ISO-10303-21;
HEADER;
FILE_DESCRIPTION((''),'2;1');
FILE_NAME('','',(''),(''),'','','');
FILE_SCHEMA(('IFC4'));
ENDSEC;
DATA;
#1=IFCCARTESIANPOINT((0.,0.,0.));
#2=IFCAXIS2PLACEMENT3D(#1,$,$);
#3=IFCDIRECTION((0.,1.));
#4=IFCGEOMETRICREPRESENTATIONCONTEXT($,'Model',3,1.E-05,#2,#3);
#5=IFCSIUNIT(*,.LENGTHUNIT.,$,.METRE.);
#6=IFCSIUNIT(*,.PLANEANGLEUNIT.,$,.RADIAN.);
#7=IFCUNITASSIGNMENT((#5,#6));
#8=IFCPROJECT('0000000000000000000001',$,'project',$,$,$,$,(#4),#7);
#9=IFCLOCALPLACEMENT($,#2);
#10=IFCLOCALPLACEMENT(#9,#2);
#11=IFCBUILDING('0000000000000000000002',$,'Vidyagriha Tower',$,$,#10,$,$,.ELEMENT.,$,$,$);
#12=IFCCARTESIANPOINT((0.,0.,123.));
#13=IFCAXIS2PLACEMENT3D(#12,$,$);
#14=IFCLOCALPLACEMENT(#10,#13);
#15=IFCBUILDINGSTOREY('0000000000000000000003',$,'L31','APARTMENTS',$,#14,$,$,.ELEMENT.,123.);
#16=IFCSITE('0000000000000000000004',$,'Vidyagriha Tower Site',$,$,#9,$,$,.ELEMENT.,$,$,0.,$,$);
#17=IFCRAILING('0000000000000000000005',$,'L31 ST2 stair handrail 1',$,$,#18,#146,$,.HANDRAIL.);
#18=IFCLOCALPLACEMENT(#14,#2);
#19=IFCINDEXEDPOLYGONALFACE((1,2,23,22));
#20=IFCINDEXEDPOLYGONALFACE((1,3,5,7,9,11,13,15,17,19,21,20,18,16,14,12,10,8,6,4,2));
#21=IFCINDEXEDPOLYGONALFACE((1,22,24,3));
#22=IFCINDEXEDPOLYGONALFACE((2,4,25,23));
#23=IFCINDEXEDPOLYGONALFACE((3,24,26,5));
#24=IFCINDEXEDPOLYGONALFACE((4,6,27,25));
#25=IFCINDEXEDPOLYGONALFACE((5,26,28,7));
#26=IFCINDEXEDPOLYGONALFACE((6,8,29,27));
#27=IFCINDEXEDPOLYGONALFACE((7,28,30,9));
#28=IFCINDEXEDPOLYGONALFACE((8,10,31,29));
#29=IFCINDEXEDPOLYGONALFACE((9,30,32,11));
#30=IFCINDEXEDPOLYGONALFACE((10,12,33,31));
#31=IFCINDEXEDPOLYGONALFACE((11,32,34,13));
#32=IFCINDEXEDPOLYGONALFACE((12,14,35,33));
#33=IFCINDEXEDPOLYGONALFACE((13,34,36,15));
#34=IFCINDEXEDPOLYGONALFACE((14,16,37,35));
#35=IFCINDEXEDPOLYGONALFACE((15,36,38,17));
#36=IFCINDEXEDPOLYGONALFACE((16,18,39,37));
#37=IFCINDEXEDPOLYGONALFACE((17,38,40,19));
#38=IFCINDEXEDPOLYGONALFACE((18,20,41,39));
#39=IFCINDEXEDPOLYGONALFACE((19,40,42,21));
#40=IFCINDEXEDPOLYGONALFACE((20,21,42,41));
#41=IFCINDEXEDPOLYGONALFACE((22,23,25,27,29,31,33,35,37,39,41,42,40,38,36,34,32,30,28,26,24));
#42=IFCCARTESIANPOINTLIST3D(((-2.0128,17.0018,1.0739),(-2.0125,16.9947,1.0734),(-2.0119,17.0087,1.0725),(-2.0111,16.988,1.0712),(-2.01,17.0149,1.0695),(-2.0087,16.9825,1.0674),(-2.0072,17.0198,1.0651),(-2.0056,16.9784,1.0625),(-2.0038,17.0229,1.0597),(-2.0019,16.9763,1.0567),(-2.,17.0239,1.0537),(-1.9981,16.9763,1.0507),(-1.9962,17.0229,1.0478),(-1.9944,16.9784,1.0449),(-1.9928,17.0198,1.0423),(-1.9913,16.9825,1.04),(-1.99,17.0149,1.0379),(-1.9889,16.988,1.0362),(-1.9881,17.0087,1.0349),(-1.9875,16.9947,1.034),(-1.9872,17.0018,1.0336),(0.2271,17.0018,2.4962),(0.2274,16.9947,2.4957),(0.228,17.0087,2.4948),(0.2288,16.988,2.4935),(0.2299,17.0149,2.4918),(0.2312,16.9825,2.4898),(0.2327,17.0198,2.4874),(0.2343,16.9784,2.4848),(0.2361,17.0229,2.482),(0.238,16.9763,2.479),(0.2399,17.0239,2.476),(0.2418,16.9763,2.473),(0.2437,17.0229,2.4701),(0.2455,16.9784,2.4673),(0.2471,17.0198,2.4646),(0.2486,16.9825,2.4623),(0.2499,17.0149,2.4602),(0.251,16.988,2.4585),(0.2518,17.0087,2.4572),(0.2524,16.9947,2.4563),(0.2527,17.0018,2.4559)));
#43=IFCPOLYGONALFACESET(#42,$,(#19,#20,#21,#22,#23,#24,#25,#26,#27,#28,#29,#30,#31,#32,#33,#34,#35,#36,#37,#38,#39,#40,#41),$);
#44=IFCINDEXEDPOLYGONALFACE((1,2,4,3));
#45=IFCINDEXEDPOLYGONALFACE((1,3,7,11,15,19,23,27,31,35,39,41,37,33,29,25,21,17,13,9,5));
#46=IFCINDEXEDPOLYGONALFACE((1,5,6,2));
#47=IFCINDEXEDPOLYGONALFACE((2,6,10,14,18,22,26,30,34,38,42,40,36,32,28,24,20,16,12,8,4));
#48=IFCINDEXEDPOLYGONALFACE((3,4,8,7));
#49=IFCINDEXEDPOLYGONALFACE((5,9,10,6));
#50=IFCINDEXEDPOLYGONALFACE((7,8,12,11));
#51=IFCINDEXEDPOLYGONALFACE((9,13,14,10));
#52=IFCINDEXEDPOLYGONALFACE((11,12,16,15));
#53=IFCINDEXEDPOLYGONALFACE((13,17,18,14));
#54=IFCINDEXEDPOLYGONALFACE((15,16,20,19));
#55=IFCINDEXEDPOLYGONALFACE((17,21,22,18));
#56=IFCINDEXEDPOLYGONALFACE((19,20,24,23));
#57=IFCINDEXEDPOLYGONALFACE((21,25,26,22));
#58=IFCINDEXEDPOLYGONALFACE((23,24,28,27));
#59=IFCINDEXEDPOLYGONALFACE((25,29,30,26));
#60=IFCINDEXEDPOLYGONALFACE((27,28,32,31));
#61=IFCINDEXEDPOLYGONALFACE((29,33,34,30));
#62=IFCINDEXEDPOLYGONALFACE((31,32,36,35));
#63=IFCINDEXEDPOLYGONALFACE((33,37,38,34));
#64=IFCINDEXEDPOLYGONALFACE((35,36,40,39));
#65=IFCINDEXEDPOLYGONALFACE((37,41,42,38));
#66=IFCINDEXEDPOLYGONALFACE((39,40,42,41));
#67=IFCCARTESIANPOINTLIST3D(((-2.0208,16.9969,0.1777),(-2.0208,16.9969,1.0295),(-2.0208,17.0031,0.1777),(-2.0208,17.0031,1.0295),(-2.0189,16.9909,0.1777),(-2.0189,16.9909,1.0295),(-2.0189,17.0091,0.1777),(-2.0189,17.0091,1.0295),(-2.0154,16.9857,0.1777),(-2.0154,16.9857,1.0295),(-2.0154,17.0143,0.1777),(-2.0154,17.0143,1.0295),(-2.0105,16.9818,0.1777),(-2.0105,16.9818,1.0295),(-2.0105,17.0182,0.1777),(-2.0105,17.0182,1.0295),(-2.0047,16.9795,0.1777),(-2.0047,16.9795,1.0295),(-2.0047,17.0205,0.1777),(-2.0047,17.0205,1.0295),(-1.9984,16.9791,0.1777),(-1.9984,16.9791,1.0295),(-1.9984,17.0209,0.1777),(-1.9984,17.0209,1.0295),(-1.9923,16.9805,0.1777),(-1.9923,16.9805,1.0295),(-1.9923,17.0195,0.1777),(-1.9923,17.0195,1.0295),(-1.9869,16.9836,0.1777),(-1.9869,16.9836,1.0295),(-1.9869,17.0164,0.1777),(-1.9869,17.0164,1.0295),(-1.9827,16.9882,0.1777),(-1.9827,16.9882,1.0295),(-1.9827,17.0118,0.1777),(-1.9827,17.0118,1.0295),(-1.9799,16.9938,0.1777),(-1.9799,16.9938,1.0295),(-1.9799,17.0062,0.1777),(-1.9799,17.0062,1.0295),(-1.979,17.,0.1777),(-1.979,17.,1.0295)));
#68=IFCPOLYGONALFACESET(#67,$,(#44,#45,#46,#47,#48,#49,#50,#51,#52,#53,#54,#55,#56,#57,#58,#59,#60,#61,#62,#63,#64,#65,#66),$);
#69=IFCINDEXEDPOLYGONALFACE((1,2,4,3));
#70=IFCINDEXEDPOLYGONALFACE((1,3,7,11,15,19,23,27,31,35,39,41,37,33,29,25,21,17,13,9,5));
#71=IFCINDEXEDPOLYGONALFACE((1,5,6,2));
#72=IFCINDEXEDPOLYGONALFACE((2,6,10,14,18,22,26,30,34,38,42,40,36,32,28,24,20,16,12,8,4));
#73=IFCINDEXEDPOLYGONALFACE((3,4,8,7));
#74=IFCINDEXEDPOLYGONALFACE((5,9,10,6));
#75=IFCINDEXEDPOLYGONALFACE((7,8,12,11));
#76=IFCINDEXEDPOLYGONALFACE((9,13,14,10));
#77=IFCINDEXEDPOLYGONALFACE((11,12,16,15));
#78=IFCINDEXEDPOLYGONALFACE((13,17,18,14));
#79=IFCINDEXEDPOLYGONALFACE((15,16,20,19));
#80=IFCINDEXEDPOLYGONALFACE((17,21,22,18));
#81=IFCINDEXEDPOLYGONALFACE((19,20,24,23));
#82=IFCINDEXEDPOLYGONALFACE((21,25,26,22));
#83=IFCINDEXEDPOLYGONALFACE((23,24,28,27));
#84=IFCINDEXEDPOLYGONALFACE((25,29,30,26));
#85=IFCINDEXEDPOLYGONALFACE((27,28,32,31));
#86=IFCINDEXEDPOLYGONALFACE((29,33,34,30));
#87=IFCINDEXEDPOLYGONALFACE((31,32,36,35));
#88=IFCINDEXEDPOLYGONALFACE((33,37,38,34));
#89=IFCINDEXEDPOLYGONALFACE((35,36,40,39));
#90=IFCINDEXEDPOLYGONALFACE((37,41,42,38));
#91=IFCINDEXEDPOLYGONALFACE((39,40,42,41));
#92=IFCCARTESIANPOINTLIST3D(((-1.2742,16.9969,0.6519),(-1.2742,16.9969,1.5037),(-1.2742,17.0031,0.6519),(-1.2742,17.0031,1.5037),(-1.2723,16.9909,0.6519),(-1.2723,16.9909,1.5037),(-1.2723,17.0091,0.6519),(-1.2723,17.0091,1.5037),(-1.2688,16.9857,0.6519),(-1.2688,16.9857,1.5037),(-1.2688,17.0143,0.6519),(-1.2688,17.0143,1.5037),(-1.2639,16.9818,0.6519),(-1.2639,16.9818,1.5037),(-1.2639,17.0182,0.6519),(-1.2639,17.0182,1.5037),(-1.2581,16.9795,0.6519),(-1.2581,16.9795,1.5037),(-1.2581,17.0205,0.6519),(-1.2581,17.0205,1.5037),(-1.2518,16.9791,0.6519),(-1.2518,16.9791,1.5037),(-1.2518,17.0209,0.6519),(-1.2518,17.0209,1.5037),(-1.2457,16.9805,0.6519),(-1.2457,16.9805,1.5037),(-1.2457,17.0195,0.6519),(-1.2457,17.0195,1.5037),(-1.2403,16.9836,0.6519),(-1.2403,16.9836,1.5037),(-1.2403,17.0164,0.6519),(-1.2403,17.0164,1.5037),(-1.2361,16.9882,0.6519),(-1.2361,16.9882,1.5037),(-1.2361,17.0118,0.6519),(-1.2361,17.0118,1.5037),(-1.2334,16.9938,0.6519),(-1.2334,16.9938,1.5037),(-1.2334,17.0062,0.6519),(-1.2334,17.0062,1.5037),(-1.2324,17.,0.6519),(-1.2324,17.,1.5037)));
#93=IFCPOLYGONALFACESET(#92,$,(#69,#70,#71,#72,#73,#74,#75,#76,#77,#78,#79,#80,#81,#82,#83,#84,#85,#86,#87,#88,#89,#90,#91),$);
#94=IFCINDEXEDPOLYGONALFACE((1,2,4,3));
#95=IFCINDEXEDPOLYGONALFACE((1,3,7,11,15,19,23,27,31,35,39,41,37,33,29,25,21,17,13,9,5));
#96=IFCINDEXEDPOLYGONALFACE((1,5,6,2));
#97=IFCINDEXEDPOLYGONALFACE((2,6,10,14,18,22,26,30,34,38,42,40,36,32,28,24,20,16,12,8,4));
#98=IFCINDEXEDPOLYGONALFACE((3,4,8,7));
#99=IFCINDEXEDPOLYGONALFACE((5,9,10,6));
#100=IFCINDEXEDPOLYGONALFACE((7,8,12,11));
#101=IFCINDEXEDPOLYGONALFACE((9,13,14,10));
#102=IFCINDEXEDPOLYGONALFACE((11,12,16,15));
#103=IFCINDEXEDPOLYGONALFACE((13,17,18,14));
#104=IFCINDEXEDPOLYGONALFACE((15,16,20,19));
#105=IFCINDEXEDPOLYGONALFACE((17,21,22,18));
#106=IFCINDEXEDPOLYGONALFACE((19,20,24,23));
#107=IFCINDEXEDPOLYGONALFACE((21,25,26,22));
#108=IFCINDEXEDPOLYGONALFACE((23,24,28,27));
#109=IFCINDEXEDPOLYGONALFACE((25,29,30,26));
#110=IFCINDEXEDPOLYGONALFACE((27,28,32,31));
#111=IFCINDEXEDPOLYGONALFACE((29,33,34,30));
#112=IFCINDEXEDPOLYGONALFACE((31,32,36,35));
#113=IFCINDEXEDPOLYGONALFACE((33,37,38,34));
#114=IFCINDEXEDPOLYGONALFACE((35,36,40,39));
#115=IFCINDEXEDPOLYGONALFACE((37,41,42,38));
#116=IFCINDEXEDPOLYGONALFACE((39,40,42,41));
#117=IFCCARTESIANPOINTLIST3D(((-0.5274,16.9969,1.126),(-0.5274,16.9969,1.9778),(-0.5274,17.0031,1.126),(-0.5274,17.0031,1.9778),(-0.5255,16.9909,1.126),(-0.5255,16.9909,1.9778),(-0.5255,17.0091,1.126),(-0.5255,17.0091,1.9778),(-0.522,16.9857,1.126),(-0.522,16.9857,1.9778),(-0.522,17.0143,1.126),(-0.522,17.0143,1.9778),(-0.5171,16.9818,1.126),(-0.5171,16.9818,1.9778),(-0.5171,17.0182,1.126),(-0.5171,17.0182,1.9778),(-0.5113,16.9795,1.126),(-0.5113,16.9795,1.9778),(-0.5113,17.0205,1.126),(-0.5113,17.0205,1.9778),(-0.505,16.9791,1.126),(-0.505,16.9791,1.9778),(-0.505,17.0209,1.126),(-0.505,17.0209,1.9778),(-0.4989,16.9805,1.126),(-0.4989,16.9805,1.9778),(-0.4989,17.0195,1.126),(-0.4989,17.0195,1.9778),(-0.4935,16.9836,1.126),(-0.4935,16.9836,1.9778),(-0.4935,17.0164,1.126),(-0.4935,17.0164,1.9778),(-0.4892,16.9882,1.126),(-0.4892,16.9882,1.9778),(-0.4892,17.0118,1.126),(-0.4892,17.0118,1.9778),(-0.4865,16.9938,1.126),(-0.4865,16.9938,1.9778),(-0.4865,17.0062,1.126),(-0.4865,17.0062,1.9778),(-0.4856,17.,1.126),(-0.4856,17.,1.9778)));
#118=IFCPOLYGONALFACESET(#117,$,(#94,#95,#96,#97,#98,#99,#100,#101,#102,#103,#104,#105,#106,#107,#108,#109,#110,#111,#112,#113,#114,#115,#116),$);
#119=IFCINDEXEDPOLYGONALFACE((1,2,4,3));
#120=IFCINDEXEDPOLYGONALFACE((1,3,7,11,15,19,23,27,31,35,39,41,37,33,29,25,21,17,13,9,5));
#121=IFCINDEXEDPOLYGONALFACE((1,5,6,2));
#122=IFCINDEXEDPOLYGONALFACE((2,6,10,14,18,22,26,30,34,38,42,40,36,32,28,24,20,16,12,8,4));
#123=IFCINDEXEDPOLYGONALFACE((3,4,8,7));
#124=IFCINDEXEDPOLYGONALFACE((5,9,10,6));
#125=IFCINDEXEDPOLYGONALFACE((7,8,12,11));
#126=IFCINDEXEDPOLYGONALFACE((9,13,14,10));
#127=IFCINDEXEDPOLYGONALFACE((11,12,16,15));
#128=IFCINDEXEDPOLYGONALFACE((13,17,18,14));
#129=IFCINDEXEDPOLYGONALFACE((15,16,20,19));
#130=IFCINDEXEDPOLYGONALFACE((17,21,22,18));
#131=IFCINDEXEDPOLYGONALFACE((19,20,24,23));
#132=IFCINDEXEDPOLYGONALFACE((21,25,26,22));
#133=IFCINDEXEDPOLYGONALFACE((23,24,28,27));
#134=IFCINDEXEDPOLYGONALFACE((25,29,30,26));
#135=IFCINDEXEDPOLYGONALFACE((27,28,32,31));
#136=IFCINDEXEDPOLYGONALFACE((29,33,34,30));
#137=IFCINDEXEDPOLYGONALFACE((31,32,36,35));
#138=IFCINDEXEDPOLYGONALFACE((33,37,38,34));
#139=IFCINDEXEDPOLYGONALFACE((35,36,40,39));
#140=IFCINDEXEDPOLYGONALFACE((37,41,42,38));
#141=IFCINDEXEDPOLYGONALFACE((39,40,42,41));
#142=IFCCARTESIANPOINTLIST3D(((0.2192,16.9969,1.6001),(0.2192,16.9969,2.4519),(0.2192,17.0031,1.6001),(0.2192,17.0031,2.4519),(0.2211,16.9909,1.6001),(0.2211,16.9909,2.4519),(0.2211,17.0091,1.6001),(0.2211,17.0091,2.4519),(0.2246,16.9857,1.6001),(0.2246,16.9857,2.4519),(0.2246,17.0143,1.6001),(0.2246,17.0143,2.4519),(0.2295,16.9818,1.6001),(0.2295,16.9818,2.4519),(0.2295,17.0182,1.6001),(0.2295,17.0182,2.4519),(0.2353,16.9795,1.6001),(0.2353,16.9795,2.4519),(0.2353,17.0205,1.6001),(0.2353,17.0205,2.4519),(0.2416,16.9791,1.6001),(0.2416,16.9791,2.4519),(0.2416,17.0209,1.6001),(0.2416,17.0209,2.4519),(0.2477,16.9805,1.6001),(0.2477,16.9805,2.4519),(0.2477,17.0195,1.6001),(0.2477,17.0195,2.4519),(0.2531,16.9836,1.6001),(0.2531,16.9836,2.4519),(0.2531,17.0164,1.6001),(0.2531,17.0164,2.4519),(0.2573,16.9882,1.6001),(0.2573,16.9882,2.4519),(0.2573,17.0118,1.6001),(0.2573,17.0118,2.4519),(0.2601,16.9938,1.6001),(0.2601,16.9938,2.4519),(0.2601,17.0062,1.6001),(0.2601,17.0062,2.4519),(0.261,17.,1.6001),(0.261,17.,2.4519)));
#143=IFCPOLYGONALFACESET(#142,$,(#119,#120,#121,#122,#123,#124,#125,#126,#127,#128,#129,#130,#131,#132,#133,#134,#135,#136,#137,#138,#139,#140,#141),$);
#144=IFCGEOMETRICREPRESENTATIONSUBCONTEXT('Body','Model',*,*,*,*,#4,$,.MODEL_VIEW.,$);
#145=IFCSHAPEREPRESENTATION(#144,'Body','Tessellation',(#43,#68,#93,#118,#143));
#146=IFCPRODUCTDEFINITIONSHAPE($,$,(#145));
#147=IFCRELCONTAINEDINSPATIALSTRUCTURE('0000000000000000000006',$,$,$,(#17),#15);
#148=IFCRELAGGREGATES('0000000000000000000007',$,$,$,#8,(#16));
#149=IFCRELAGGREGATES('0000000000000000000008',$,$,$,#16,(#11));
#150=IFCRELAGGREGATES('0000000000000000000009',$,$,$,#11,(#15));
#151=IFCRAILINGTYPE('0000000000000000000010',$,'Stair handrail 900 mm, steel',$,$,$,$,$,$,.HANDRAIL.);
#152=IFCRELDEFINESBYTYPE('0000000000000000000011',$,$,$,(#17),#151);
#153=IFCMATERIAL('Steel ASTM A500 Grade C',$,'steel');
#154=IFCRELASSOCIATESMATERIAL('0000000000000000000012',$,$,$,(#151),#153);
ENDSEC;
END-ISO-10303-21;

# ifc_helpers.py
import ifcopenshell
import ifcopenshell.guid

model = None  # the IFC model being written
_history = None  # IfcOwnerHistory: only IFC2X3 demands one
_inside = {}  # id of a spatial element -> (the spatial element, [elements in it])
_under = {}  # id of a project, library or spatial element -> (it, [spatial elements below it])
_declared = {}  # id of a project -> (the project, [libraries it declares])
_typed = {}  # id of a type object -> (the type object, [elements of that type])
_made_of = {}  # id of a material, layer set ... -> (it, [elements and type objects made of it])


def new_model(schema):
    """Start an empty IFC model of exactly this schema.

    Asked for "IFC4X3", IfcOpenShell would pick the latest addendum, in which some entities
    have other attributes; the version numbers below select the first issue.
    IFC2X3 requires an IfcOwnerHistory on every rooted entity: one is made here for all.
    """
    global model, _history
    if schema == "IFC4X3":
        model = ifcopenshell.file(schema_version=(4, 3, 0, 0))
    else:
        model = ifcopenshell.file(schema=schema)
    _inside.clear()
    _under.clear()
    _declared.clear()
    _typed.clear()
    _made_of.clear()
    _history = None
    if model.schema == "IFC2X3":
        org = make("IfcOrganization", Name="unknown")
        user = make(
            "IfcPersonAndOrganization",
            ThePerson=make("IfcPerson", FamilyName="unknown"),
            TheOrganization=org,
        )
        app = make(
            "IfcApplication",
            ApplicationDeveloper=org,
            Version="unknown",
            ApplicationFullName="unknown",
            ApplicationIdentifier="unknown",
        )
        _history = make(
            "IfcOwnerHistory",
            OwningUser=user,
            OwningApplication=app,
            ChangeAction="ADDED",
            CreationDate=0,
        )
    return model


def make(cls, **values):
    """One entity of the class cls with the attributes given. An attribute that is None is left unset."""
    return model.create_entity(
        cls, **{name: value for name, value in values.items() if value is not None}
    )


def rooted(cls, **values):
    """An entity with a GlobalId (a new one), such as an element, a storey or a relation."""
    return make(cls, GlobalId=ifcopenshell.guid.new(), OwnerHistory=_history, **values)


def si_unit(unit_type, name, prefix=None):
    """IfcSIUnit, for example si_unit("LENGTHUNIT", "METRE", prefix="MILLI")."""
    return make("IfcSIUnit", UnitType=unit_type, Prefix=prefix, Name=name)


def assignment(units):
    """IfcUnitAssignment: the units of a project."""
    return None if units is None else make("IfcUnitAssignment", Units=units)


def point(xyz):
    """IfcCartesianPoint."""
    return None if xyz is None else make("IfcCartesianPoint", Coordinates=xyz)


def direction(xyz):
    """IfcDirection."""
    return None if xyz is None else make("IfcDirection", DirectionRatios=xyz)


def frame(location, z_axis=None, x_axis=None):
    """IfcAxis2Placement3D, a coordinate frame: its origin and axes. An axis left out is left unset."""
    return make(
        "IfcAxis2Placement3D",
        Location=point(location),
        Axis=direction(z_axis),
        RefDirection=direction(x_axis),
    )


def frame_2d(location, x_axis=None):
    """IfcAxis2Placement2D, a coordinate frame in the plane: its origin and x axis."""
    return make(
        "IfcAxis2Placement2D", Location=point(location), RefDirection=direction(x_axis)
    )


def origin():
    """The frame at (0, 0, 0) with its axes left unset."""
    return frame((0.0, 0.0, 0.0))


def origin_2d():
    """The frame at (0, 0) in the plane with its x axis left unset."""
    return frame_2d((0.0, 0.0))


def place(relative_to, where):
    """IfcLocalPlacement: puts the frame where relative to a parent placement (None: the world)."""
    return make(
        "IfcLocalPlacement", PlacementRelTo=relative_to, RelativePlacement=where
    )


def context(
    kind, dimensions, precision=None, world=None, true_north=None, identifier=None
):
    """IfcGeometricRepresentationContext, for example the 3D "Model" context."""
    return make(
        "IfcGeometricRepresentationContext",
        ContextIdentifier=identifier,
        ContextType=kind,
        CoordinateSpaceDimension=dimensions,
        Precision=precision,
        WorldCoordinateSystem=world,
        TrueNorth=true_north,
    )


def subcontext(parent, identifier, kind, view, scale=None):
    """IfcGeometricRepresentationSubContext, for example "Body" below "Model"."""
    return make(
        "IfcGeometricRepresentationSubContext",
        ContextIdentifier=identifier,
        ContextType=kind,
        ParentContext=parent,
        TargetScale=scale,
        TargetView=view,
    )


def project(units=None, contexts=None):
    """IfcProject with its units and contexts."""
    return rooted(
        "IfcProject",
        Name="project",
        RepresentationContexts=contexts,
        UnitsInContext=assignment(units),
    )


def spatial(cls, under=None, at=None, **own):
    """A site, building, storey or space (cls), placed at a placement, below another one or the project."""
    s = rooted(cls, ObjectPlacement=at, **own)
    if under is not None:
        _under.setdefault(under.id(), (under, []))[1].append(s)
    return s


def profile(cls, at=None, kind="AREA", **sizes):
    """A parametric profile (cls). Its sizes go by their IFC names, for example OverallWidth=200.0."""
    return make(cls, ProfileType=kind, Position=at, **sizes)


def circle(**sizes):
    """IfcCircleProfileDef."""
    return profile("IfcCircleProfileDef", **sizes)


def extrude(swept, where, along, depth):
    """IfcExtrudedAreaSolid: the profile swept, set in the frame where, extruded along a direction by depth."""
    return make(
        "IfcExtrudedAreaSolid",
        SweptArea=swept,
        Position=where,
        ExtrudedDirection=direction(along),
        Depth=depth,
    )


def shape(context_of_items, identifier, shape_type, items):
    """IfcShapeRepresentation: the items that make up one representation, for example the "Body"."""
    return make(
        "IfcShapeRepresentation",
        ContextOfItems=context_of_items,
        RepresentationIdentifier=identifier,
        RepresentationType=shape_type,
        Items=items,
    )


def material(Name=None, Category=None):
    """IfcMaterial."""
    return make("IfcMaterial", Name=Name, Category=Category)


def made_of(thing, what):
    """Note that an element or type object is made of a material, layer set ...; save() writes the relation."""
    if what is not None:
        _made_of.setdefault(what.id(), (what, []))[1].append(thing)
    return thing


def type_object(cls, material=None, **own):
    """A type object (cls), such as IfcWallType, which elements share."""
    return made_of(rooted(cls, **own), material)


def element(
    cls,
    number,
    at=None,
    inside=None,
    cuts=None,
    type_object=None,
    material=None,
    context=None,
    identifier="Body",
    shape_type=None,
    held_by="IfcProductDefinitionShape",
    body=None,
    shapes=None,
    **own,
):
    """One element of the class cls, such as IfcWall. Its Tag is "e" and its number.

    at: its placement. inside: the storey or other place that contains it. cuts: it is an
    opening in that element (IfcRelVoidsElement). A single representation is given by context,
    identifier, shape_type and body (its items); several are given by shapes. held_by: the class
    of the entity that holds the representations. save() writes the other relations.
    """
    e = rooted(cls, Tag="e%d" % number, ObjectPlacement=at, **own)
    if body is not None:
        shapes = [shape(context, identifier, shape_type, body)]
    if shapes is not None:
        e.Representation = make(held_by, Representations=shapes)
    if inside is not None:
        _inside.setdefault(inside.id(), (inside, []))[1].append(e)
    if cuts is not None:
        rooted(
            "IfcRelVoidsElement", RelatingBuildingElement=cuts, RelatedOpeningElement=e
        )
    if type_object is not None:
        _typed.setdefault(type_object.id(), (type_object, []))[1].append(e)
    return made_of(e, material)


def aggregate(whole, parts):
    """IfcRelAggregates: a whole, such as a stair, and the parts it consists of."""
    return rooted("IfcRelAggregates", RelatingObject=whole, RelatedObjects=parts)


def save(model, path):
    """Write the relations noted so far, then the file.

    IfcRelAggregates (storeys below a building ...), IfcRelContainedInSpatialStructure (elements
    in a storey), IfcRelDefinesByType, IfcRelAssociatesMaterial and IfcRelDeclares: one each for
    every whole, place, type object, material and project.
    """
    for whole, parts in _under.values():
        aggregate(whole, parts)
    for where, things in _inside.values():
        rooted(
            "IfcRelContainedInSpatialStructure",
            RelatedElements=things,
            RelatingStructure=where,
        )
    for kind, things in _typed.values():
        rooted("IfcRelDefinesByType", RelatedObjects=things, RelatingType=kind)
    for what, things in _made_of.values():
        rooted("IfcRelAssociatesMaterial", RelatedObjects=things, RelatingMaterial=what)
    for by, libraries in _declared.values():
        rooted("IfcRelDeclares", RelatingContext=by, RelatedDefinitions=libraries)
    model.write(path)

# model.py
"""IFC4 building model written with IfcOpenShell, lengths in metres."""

from ifc_helpers import new_model, si_unit, direction, frame, origin, origin_2d, place, context, subcontext, project, spatial, circle, extrude, material, type_object, element, save


model = new_model("IFC4")

# Units and contexts
model_context = context("Model", 3, precision=1e-05, world=origin(), true_north=direction((0.0, 1.0)))
body_context = subcontext(model_context, "Body", "Model", "MODEL_VIEW")
ifc_project = project(units=[si_unit("LENGTHUNIT", "METRE"), si_unit("PLANEANGLEUNIT", "RADIAN")], contexts=[model_context])

# Site, building, storey
site_placement = place(None, origin())
site = spatial("IfcSite", under=ifc_project, at=site_placement, Name="Vidyagriha Tower Site", CompositionType="ELEMENT", RefElevation=0.0)
building_placement = place(site_placement, origin())
building = spatial("IfcBuilding", under=site, at=building_placement, Name="Vidyagriha Tower", CompositionType="ELEMENT")
storey_placement = place(building_placement, frame((0.0, 0.0, 123.0)))
storey = spatial("IfcBuildingStorey", under=building, at=storey_placement, Name="L31", Description="APARTMENTS", CompositionType="ELEMENT", Elevation=123.0)

# Railing
ifc_material_1 = material(Name="Steel ASTM A500 Grade C", Category="steel")
railing_type_1 = type_object("IfcRailingType", Name="Stair handrail 900 mm, steel", PredefinedType="HANDRAIL", material=ifc_material_1)
railing_1_placement = place(storey_placement, frame((-2.0, 17.0, 0.1777)))
element("IfcRailing", 1, at=railing_1_placement, inside=storey, type_object=railing_type_1, Name="L31 ST2 stair handrail 1", PredefinedType="HANDRAIL", context=body_context, shape_type="SweptSolid", body=[
    extrude(circle(Radius=0.0239, at=origin_2d()), frame((0.0, 0.0, 0.876), z_axis=(0.844188, 0.0, 0.536048), x_axis=(0.0, 1.0, 0.0)), (0.0, 0.0, 1.0), 2.6533),
    extrude(circle(Radius=0.021, at=origin_2d()), origin(), (0.0, 0.0, 1.0), 0.8518),
    extrude(circle(Radius=0.021, at=origin_2d()), frame((0.7466, 0.0, 0.4741)), (0.0, 0.0, 1.0), 0.8518),
    extrude(circle(Radius=0.021, at=origin_2d()), frame((1.4934, 0.0, 0.9482)), (0.0, 0.0, 1.0), 0.8518),
    extrude(circle(Radius=0.021, at=origin_2d()), frame((2.24, 0.0, 1.4224)), (0.0, 0.0, 1.0), 0.8518),
])

save(model, "model.ifc")
